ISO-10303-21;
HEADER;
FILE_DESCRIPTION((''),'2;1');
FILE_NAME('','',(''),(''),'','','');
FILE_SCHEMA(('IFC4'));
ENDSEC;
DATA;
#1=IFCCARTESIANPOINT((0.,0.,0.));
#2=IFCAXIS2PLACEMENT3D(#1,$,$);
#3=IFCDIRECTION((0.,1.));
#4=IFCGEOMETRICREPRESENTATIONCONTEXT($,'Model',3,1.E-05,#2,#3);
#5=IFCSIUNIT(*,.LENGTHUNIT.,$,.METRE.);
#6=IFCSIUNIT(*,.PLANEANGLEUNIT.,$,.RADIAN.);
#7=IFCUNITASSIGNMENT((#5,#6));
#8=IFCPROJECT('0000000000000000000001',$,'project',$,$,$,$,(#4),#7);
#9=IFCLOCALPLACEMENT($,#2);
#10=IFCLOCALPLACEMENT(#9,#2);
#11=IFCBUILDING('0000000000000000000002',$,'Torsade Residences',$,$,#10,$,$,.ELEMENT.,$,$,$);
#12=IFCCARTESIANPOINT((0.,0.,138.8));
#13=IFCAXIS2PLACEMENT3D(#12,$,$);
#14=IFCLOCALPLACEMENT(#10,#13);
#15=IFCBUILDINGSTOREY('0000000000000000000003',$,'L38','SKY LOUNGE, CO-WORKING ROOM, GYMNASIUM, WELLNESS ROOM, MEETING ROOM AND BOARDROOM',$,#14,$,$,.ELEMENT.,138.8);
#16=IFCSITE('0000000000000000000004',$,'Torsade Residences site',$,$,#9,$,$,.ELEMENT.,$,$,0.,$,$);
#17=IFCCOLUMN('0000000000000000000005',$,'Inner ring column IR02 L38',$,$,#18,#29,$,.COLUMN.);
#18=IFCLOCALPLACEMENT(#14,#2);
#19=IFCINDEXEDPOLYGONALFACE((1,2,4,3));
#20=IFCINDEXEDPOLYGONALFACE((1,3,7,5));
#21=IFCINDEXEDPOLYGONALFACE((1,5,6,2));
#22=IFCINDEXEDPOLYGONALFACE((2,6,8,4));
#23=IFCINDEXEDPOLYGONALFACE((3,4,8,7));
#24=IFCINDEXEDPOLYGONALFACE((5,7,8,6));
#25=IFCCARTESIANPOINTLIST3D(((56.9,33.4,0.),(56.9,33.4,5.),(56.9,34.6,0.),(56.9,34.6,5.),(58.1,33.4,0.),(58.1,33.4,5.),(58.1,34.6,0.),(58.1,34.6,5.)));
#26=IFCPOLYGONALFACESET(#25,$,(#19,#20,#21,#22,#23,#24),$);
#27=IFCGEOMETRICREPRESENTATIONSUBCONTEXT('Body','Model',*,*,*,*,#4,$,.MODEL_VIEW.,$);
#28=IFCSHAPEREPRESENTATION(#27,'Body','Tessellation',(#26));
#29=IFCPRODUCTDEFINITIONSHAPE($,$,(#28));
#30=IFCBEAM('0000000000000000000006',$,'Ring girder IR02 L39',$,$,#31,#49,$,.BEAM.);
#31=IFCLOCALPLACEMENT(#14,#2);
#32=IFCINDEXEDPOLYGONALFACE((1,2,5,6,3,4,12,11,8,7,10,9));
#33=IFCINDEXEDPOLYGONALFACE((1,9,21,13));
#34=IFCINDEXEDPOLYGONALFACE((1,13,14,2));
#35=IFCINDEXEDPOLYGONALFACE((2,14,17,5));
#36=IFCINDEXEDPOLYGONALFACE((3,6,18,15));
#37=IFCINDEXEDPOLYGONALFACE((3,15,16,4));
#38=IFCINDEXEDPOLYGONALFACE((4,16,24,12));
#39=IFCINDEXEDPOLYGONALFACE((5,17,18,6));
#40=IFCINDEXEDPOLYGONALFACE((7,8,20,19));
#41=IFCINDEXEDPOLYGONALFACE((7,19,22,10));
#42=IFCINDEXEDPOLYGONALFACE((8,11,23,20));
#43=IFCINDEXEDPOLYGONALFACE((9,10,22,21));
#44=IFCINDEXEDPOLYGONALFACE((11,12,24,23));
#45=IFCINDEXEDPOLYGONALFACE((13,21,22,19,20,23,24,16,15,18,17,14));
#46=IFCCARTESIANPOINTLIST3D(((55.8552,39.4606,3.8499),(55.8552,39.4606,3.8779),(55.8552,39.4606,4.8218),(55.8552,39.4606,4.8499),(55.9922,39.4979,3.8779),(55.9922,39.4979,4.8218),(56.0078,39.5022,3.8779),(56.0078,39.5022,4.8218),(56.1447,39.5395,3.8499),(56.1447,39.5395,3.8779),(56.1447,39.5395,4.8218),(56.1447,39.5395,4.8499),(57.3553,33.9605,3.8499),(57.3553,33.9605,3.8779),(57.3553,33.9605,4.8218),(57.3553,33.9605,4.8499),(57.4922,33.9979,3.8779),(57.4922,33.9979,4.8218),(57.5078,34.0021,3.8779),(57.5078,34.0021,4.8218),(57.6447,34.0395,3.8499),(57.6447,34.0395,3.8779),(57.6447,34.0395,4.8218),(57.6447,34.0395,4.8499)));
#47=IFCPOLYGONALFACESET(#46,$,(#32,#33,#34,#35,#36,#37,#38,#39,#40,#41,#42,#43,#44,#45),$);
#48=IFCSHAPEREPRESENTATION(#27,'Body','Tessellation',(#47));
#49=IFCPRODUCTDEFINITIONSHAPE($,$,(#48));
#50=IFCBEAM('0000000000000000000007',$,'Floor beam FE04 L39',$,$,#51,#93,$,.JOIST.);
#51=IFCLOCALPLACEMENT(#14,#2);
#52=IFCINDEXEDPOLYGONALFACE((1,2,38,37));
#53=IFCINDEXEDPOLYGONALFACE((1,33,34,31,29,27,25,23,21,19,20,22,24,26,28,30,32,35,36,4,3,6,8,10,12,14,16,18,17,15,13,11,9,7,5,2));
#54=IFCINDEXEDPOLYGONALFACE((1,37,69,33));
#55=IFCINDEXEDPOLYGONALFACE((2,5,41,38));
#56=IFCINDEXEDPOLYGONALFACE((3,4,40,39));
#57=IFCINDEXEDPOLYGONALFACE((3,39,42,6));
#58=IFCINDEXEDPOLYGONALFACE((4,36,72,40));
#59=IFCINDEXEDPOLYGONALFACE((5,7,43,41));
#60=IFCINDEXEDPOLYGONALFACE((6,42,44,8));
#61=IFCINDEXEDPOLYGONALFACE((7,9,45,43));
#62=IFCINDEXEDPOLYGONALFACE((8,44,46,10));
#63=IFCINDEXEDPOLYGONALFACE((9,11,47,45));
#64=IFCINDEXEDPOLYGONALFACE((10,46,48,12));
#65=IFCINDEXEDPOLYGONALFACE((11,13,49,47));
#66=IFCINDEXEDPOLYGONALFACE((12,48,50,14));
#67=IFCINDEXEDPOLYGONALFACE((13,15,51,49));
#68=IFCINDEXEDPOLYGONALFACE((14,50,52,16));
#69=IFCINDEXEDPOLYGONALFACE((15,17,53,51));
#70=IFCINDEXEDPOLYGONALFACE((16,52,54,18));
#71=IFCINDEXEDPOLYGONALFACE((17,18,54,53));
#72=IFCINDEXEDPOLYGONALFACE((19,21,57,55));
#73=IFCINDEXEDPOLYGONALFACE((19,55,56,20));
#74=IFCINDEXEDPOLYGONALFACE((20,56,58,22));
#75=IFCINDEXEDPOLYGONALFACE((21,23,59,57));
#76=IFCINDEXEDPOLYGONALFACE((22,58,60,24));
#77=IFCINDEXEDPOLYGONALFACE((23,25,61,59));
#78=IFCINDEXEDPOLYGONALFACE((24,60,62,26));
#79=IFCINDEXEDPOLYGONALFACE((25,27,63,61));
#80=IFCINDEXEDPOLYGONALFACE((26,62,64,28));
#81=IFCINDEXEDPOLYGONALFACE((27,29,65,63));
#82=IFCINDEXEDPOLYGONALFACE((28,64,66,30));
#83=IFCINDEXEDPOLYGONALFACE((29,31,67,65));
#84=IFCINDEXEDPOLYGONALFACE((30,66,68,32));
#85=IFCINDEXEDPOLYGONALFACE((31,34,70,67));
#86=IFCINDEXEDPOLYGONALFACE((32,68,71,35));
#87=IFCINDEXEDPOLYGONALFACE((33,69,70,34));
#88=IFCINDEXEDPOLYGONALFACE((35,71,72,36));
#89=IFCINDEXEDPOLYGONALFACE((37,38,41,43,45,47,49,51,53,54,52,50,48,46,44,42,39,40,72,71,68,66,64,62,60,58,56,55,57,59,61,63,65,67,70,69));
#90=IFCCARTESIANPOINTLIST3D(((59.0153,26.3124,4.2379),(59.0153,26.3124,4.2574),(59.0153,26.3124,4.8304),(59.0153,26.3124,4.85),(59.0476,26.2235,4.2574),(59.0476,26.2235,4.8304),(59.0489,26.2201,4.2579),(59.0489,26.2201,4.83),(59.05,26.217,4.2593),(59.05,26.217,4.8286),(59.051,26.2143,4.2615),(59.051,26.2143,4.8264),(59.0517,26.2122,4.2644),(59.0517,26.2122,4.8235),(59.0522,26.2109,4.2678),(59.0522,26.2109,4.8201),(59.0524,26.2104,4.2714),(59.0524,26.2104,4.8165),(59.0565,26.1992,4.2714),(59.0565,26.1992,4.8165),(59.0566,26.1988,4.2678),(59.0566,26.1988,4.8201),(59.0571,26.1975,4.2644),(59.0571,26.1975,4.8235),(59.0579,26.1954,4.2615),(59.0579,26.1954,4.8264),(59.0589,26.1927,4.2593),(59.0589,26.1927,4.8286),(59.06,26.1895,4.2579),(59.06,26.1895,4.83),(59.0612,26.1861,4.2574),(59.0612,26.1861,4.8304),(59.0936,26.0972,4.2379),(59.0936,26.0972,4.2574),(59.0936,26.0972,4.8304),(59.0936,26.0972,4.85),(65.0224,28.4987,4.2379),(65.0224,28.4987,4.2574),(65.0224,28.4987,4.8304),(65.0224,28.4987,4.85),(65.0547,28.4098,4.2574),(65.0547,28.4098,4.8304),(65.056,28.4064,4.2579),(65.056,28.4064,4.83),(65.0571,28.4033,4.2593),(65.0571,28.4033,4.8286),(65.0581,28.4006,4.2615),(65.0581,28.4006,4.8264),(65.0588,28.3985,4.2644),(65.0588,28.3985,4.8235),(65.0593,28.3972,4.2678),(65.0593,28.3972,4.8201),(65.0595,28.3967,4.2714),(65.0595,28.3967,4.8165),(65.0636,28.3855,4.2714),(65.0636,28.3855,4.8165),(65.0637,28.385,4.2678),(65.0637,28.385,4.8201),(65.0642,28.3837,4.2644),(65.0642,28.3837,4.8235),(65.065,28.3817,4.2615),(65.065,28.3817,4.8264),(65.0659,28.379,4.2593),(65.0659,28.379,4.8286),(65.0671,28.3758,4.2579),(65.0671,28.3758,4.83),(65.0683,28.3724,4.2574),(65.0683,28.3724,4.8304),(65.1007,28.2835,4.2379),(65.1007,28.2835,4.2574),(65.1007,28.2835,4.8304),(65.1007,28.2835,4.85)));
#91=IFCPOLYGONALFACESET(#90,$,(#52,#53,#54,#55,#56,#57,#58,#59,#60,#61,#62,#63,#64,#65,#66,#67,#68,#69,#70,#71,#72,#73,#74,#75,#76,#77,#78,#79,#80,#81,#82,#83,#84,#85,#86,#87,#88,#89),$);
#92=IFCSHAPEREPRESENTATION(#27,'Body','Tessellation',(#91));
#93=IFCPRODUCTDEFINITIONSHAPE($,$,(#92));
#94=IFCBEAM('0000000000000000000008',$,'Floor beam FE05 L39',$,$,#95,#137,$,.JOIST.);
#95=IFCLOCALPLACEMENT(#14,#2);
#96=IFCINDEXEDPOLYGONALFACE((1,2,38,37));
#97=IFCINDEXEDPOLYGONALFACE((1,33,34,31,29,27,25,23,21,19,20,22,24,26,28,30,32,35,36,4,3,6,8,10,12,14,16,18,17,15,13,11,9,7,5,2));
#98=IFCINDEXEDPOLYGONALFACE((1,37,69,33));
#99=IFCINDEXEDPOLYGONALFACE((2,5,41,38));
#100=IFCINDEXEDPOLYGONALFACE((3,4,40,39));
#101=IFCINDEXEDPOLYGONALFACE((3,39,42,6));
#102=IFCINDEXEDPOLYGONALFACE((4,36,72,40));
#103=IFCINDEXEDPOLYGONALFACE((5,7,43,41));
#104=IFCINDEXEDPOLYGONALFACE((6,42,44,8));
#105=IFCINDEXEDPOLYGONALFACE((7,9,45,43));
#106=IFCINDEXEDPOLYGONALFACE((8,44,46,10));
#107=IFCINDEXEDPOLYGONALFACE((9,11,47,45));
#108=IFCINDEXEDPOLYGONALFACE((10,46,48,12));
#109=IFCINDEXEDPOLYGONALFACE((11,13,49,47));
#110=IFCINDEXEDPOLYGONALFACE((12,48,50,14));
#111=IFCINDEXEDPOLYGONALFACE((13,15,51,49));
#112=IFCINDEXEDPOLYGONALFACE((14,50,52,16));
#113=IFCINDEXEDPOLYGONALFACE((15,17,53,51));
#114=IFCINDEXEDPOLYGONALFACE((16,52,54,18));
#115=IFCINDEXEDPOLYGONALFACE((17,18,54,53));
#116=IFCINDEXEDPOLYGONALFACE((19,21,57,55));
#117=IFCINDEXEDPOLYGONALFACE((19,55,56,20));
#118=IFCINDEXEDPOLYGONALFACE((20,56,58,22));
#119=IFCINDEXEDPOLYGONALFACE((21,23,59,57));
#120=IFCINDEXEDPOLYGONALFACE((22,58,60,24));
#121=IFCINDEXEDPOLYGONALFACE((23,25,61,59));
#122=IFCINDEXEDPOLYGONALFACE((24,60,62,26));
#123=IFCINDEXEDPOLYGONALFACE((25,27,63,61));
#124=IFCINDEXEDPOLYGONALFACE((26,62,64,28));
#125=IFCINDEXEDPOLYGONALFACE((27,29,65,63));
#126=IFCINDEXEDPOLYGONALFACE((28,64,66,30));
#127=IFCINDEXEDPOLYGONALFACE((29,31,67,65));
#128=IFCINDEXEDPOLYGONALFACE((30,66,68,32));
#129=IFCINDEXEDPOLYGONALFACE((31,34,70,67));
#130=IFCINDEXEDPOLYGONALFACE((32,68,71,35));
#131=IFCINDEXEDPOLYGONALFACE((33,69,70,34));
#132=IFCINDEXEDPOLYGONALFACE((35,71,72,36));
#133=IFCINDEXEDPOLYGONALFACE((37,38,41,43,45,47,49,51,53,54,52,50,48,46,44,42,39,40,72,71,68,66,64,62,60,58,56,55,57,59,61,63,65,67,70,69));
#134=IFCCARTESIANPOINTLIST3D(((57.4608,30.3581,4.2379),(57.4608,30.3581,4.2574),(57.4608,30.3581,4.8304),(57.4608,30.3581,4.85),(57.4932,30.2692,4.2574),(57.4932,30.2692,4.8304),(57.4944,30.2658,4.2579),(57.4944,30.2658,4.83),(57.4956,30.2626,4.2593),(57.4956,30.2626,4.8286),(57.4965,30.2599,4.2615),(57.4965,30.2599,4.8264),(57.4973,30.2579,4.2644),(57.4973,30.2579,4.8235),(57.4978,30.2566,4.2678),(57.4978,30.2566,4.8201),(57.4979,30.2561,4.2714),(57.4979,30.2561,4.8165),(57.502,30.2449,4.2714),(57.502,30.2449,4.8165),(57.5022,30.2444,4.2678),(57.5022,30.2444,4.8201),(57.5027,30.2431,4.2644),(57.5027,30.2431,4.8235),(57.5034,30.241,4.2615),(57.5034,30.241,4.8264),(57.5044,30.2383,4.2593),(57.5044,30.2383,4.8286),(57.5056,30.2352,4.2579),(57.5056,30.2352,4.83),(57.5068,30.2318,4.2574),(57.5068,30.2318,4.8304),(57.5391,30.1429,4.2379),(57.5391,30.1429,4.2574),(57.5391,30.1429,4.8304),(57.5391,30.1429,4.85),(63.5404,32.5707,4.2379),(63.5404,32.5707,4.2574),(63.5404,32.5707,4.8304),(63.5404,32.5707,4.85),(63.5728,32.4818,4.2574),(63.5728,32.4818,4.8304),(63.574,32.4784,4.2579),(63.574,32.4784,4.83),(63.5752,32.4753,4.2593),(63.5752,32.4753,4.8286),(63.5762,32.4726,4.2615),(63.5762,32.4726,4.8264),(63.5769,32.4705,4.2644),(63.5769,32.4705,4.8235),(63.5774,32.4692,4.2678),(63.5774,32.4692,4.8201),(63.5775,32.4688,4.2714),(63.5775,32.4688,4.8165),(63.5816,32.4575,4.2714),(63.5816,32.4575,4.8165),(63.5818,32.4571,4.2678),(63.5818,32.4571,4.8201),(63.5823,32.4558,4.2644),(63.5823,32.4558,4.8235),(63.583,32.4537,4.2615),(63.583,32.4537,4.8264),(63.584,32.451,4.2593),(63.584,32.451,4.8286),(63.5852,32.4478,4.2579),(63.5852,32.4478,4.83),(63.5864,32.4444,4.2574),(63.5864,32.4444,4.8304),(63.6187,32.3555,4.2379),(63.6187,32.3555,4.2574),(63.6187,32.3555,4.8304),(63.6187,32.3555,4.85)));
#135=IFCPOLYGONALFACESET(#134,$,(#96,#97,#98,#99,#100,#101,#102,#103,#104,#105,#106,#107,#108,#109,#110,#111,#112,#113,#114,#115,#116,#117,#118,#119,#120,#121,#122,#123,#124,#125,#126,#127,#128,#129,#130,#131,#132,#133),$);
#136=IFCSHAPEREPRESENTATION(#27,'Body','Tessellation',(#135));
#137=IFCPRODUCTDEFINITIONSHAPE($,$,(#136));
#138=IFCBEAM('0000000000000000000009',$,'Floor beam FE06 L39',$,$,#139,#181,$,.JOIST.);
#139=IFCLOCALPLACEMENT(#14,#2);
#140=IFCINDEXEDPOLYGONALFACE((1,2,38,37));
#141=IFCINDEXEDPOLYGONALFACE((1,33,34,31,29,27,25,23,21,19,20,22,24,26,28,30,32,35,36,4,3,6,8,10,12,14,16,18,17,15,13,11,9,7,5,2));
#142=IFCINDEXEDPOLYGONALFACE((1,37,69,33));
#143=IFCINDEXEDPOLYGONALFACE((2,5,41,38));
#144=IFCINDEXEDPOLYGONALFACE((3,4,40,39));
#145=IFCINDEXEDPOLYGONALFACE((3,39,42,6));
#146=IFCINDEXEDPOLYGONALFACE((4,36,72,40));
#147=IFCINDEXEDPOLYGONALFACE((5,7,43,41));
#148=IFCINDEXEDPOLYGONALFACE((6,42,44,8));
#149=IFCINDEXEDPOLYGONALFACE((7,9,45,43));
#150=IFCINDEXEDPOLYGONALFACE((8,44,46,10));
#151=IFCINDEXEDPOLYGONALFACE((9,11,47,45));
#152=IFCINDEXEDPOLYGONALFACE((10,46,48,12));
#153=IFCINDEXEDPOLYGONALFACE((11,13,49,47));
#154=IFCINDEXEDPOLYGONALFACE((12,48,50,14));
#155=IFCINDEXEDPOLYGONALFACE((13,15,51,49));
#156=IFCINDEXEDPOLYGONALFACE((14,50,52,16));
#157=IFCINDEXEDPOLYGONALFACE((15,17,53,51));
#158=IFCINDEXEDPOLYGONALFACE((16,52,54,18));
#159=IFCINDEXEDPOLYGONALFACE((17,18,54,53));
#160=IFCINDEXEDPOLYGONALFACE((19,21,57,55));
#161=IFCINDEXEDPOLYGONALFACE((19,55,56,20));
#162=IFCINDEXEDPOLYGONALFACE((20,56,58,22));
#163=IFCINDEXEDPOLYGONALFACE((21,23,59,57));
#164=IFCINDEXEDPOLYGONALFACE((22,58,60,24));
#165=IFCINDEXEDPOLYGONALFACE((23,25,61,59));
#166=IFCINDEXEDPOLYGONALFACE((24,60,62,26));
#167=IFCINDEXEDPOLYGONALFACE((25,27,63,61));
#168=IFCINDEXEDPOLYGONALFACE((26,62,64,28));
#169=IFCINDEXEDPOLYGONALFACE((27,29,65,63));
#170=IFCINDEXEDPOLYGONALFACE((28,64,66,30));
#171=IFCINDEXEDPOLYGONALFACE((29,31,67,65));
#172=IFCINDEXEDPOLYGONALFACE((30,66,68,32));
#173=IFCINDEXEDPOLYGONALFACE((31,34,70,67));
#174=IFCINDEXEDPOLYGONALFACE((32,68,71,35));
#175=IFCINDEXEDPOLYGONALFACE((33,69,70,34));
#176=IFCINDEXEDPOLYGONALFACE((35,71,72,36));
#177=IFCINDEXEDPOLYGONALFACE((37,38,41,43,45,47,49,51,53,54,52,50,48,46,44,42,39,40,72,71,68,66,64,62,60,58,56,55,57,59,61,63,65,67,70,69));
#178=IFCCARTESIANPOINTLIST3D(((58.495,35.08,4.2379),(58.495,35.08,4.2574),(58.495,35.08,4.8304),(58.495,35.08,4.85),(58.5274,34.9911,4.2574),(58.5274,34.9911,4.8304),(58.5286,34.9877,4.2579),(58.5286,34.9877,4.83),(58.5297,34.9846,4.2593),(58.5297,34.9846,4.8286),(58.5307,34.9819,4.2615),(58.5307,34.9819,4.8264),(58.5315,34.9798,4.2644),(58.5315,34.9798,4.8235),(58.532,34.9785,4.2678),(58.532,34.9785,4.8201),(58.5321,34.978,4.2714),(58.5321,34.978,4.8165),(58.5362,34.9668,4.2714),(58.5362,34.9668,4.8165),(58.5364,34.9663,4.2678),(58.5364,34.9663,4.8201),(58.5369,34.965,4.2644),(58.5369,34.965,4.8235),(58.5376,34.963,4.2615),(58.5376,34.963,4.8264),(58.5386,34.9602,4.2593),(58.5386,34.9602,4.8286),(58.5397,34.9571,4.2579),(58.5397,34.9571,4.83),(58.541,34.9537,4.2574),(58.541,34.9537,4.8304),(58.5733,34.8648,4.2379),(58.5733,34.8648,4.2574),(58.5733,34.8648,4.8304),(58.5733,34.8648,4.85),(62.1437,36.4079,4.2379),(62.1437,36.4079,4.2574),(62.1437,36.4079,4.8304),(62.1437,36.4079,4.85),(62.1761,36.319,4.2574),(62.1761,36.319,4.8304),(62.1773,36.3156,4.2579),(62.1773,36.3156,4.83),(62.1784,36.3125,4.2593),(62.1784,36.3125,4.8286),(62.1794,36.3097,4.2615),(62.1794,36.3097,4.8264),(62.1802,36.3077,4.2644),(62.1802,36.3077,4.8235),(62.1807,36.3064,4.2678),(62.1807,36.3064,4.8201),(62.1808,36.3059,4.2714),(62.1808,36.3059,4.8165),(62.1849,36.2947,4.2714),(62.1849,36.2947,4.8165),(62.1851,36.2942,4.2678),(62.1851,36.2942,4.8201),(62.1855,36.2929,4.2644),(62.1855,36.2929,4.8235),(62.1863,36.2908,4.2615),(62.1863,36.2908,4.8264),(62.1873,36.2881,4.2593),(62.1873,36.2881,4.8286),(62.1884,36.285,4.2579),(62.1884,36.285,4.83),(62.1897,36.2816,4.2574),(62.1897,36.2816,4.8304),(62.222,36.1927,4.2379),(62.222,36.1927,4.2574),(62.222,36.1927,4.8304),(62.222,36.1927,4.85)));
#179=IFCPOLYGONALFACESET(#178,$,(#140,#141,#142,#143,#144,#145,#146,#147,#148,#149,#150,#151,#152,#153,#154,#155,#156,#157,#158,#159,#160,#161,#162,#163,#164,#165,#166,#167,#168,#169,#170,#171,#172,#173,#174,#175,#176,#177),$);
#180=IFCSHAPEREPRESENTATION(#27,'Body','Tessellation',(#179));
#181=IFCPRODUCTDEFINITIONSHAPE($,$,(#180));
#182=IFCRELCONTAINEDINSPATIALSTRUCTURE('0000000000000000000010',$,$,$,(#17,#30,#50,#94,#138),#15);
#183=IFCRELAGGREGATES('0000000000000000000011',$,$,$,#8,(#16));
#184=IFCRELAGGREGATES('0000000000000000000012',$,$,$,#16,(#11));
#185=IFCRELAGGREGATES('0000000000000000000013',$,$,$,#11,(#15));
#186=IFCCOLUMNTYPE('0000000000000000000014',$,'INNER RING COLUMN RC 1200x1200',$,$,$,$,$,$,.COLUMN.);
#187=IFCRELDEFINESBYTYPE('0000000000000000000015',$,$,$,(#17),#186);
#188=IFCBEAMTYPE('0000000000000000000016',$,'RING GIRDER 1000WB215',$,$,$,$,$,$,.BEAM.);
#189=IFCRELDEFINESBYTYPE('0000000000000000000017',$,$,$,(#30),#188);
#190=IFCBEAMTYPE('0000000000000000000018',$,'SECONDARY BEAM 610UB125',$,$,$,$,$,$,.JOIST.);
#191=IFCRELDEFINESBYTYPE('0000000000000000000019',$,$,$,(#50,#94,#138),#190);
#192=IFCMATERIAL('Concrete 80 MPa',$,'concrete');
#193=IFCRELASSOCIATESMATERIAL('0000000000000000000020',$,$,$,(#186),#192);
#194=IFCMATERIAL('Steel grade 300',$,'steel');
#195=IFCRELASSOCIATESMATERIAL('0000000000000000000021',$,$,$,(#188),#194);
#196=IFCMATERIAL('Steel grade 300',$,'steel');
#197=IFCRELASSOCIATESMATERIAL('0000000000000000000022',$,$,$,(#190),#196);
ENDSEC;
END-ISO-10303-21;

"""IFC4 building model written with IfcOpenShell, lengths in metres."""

from ifc_helpers import new_model, si_unit, direction, frame, origin, origin_2d, place, context, subcontext, project, spatial, rectangle, i_section, extrude, material, material_profile, profile_set, type_object, element, save


model = new_model("IFC4")

# Units and contexts
model_context = context("Model", 3, precision=1e-05, world=origin(), true_north=direction((0.0, 1.0)))
body_context = subcontext(model_context, "Body", "Model", "MODEL_VIEW")
ifc_project = project(units=[si_unit("LENGTHUNIT", "METRE"), si_unit("PLANEANGLEUNIT", "RADIAN")], contexts=[model_context])

# Site, building, storey
site_placement = place(None, origin())
site = spatial("IfcSite", under=ifc_project, at=site_placement, Name="Torsade Residences site", CompositionType="ELEMENT", RefElevation=0.0)
building_placement = place(site_placement, origin())
building = spatial("IfcBuilding", under=site, at=building_placement, Name="Torsade Residences", CompositionType="ELEMENT")
storey_placement = place(building_placement, frame((0.0, 0.0, 138.8)))
storey = spatial("IfcBuildingStorey", under=building, at=storey_placement, Name="L38", Description="SKY LOUNGE, CO-WORKING ROOM, GYMNASIUM, WELLNESS ROOM, MEETING ROOM AND BOARDROOM", CompositionType="ELEMENT", Elevation=138.8)

# Column
ifc_material_1 = material(Name="Concrete 80 MPa", Category="concrete")
ifc_material_profile_1 = material_profile(ifc_material_1, rectangle(XDim=1.2, YDim=1.2, at=origin_2d()), Name="RC 1200x1200")
ifc_profile_set_1 = profile_set([ifc_material_profile_1], Name="Concrete 80 MPa")
column_type = type_object("IfcColumnType", Name="INNER RING COLUMN RC 1200x1200", PredefinedType="COLUMN", material=ifc_profile_set_1)
column_placement = place(storey_placement, frame((57.5, 34.0, 0.0), z_axis=(0.0, 0.0, 1.0), x_axis=(1.0, 0.0, 0.0)))
element("IfcColumn", 1, at=column_placement, inside=storey, type_object=column_type, Name="Inner ring column IR02 L38", PredefinedType="COLUMN", context=body_context, shape_type="SweptSolid", body=[
    extrude(rectangle(XDim=1.2, YDim=1.2, at=origin_2d()), origin(), (0.0, 0.0, 1.0), 5.0),
])

# Beams
ifc_material_2 = material(Name="Steel grade 300", Category="steel")
ifc_material_profile_2 = material_profile(ifc_material_2, i_section(OverallWidth=0.3, OverallDepth=1.0, WebThickness=0.0161, FlangeThickness=0.0281, at=origin_2d()), Name="1000WB215")
ifc_profile_set_2 = profile_set([ifc_material_profile_2], Name="Steel grade 300")
beam_type_1 = type_object("IfcBeamType", Name="RING GIRDER 1000WB215", PredefinedType="BEAM", material=ifc_profile_set_2)
beam_1_placement = place(storey_placement, frame((57.5, 34.0, 4.3499), z_axis=(-0.263117, 0.964764, 0.0), x_axis=(-0.964764, -0.263117, 0.0)))
element("IfcBeam", 2, at=beam_1_placement, inside=storey, type_object=beam_type_1, Name="Ring girder IR02 L39", PredefinedType="BEAM", context=body_context, shape_type="SweptSolid", body=[
    extrude(i_section(OverallWidth=0.3, OverallDepth=1.0, WebThickness=0.0161, FlangeThickness=0.0281, at=origin_2d()), origin(), (0.0, 0.0, 1.0), 5.7009),
])
ifc_material_3 = material(Name="Steel grade 300", Category="steel")
ifc_material_profile_3 = material_profile(ifc_material_3, i_section(OverallWidth=0.229, OverallDepth=0.6121, WebThickness=0.012, FlangeThickness=0.0195, FilletRadius=0.0139, at=origin_2d()), Name="610UB125")
ifc_profile_set_3 = profile_set([ifc_material_profile_3], Name="Steel grade 300")
beam_type_2 = type_object("IfcBeamType", Name="SECONDARY BEAM 610UB125", PredefinedType="JOIST", material=ifc_profile_set_3)
beam_2_placement = place(storey_placement, frame((65.0615, 28.3911, 4.5439), z_axis=(-0.939699, -0.342004, 0.0), x_axis=(0.342004, -0.939699, 0.0)))
element("IfcBeam", 3, at=beam_2_placement, inside=storey, type_object=beam_type_2, Name="Floor beam FE04 L39", PredefinedType="JOIST", context=body_context, shape_type="SweptSolid", body=[
    extrude(i_section(OverallWidth=0.229, OverallDepth=0.6121, WebThickness=0.012, FlangeThickness=0.0195, FilletRadius=0.0139, at=origin_2d()), origin(), (0.0, 0.0, 1.0), 6.3926),
])
beam_3_placement = place(storey_placement, frame((63.5796, 32.4631, 4.5439), z_axis=(-0.9397, -0.342001, 0.0), x_axis=(0.342001, -0.9397, 0.0)))
element("IfcBeam", 4, at=beam_3_placement, inside=storey, type_object=beam_type_2, Name="Floor beam FE05 L39", PredefinedType="JOIST", context=body_context, shape_type="SweptSolid", body=[
    extrude(i_section(OverallWidth=0.229, OverallDepth=0.6121, WebThickness=0.012, FlangeThickness=0.0195, FilletRadius=0.0139, at=origin_2d()), origin(), (0.0, 0.0, 1.0), 6.4697),
])
beam_4_placement = place(storey_placement, frame((62.1829, 36.3003, 4.5439), z_axis=(-0.939703, -0.34199, 0.0), x_axis=(0.34199, -0.939703, 0.0)))
element("IfcBeam", 5, at=beam_4_placement, inside=storey, type_object=beam_type_2, Name="Floor beam FE06 L39", PredefinedType="JOIST", context=body_context, shape_type="SweptSolid", body=[
    extrude(i_section(OverallWidth=0.229, OverallDepth=0.6121, WebThickness=0.012, FlangeThickness=0.0195, FilletRadius=0.0139, at=origin_2d()), origin(), (0.0, 0.0, 1.0), 3.8828),
])

save(model, "model.ifc")
